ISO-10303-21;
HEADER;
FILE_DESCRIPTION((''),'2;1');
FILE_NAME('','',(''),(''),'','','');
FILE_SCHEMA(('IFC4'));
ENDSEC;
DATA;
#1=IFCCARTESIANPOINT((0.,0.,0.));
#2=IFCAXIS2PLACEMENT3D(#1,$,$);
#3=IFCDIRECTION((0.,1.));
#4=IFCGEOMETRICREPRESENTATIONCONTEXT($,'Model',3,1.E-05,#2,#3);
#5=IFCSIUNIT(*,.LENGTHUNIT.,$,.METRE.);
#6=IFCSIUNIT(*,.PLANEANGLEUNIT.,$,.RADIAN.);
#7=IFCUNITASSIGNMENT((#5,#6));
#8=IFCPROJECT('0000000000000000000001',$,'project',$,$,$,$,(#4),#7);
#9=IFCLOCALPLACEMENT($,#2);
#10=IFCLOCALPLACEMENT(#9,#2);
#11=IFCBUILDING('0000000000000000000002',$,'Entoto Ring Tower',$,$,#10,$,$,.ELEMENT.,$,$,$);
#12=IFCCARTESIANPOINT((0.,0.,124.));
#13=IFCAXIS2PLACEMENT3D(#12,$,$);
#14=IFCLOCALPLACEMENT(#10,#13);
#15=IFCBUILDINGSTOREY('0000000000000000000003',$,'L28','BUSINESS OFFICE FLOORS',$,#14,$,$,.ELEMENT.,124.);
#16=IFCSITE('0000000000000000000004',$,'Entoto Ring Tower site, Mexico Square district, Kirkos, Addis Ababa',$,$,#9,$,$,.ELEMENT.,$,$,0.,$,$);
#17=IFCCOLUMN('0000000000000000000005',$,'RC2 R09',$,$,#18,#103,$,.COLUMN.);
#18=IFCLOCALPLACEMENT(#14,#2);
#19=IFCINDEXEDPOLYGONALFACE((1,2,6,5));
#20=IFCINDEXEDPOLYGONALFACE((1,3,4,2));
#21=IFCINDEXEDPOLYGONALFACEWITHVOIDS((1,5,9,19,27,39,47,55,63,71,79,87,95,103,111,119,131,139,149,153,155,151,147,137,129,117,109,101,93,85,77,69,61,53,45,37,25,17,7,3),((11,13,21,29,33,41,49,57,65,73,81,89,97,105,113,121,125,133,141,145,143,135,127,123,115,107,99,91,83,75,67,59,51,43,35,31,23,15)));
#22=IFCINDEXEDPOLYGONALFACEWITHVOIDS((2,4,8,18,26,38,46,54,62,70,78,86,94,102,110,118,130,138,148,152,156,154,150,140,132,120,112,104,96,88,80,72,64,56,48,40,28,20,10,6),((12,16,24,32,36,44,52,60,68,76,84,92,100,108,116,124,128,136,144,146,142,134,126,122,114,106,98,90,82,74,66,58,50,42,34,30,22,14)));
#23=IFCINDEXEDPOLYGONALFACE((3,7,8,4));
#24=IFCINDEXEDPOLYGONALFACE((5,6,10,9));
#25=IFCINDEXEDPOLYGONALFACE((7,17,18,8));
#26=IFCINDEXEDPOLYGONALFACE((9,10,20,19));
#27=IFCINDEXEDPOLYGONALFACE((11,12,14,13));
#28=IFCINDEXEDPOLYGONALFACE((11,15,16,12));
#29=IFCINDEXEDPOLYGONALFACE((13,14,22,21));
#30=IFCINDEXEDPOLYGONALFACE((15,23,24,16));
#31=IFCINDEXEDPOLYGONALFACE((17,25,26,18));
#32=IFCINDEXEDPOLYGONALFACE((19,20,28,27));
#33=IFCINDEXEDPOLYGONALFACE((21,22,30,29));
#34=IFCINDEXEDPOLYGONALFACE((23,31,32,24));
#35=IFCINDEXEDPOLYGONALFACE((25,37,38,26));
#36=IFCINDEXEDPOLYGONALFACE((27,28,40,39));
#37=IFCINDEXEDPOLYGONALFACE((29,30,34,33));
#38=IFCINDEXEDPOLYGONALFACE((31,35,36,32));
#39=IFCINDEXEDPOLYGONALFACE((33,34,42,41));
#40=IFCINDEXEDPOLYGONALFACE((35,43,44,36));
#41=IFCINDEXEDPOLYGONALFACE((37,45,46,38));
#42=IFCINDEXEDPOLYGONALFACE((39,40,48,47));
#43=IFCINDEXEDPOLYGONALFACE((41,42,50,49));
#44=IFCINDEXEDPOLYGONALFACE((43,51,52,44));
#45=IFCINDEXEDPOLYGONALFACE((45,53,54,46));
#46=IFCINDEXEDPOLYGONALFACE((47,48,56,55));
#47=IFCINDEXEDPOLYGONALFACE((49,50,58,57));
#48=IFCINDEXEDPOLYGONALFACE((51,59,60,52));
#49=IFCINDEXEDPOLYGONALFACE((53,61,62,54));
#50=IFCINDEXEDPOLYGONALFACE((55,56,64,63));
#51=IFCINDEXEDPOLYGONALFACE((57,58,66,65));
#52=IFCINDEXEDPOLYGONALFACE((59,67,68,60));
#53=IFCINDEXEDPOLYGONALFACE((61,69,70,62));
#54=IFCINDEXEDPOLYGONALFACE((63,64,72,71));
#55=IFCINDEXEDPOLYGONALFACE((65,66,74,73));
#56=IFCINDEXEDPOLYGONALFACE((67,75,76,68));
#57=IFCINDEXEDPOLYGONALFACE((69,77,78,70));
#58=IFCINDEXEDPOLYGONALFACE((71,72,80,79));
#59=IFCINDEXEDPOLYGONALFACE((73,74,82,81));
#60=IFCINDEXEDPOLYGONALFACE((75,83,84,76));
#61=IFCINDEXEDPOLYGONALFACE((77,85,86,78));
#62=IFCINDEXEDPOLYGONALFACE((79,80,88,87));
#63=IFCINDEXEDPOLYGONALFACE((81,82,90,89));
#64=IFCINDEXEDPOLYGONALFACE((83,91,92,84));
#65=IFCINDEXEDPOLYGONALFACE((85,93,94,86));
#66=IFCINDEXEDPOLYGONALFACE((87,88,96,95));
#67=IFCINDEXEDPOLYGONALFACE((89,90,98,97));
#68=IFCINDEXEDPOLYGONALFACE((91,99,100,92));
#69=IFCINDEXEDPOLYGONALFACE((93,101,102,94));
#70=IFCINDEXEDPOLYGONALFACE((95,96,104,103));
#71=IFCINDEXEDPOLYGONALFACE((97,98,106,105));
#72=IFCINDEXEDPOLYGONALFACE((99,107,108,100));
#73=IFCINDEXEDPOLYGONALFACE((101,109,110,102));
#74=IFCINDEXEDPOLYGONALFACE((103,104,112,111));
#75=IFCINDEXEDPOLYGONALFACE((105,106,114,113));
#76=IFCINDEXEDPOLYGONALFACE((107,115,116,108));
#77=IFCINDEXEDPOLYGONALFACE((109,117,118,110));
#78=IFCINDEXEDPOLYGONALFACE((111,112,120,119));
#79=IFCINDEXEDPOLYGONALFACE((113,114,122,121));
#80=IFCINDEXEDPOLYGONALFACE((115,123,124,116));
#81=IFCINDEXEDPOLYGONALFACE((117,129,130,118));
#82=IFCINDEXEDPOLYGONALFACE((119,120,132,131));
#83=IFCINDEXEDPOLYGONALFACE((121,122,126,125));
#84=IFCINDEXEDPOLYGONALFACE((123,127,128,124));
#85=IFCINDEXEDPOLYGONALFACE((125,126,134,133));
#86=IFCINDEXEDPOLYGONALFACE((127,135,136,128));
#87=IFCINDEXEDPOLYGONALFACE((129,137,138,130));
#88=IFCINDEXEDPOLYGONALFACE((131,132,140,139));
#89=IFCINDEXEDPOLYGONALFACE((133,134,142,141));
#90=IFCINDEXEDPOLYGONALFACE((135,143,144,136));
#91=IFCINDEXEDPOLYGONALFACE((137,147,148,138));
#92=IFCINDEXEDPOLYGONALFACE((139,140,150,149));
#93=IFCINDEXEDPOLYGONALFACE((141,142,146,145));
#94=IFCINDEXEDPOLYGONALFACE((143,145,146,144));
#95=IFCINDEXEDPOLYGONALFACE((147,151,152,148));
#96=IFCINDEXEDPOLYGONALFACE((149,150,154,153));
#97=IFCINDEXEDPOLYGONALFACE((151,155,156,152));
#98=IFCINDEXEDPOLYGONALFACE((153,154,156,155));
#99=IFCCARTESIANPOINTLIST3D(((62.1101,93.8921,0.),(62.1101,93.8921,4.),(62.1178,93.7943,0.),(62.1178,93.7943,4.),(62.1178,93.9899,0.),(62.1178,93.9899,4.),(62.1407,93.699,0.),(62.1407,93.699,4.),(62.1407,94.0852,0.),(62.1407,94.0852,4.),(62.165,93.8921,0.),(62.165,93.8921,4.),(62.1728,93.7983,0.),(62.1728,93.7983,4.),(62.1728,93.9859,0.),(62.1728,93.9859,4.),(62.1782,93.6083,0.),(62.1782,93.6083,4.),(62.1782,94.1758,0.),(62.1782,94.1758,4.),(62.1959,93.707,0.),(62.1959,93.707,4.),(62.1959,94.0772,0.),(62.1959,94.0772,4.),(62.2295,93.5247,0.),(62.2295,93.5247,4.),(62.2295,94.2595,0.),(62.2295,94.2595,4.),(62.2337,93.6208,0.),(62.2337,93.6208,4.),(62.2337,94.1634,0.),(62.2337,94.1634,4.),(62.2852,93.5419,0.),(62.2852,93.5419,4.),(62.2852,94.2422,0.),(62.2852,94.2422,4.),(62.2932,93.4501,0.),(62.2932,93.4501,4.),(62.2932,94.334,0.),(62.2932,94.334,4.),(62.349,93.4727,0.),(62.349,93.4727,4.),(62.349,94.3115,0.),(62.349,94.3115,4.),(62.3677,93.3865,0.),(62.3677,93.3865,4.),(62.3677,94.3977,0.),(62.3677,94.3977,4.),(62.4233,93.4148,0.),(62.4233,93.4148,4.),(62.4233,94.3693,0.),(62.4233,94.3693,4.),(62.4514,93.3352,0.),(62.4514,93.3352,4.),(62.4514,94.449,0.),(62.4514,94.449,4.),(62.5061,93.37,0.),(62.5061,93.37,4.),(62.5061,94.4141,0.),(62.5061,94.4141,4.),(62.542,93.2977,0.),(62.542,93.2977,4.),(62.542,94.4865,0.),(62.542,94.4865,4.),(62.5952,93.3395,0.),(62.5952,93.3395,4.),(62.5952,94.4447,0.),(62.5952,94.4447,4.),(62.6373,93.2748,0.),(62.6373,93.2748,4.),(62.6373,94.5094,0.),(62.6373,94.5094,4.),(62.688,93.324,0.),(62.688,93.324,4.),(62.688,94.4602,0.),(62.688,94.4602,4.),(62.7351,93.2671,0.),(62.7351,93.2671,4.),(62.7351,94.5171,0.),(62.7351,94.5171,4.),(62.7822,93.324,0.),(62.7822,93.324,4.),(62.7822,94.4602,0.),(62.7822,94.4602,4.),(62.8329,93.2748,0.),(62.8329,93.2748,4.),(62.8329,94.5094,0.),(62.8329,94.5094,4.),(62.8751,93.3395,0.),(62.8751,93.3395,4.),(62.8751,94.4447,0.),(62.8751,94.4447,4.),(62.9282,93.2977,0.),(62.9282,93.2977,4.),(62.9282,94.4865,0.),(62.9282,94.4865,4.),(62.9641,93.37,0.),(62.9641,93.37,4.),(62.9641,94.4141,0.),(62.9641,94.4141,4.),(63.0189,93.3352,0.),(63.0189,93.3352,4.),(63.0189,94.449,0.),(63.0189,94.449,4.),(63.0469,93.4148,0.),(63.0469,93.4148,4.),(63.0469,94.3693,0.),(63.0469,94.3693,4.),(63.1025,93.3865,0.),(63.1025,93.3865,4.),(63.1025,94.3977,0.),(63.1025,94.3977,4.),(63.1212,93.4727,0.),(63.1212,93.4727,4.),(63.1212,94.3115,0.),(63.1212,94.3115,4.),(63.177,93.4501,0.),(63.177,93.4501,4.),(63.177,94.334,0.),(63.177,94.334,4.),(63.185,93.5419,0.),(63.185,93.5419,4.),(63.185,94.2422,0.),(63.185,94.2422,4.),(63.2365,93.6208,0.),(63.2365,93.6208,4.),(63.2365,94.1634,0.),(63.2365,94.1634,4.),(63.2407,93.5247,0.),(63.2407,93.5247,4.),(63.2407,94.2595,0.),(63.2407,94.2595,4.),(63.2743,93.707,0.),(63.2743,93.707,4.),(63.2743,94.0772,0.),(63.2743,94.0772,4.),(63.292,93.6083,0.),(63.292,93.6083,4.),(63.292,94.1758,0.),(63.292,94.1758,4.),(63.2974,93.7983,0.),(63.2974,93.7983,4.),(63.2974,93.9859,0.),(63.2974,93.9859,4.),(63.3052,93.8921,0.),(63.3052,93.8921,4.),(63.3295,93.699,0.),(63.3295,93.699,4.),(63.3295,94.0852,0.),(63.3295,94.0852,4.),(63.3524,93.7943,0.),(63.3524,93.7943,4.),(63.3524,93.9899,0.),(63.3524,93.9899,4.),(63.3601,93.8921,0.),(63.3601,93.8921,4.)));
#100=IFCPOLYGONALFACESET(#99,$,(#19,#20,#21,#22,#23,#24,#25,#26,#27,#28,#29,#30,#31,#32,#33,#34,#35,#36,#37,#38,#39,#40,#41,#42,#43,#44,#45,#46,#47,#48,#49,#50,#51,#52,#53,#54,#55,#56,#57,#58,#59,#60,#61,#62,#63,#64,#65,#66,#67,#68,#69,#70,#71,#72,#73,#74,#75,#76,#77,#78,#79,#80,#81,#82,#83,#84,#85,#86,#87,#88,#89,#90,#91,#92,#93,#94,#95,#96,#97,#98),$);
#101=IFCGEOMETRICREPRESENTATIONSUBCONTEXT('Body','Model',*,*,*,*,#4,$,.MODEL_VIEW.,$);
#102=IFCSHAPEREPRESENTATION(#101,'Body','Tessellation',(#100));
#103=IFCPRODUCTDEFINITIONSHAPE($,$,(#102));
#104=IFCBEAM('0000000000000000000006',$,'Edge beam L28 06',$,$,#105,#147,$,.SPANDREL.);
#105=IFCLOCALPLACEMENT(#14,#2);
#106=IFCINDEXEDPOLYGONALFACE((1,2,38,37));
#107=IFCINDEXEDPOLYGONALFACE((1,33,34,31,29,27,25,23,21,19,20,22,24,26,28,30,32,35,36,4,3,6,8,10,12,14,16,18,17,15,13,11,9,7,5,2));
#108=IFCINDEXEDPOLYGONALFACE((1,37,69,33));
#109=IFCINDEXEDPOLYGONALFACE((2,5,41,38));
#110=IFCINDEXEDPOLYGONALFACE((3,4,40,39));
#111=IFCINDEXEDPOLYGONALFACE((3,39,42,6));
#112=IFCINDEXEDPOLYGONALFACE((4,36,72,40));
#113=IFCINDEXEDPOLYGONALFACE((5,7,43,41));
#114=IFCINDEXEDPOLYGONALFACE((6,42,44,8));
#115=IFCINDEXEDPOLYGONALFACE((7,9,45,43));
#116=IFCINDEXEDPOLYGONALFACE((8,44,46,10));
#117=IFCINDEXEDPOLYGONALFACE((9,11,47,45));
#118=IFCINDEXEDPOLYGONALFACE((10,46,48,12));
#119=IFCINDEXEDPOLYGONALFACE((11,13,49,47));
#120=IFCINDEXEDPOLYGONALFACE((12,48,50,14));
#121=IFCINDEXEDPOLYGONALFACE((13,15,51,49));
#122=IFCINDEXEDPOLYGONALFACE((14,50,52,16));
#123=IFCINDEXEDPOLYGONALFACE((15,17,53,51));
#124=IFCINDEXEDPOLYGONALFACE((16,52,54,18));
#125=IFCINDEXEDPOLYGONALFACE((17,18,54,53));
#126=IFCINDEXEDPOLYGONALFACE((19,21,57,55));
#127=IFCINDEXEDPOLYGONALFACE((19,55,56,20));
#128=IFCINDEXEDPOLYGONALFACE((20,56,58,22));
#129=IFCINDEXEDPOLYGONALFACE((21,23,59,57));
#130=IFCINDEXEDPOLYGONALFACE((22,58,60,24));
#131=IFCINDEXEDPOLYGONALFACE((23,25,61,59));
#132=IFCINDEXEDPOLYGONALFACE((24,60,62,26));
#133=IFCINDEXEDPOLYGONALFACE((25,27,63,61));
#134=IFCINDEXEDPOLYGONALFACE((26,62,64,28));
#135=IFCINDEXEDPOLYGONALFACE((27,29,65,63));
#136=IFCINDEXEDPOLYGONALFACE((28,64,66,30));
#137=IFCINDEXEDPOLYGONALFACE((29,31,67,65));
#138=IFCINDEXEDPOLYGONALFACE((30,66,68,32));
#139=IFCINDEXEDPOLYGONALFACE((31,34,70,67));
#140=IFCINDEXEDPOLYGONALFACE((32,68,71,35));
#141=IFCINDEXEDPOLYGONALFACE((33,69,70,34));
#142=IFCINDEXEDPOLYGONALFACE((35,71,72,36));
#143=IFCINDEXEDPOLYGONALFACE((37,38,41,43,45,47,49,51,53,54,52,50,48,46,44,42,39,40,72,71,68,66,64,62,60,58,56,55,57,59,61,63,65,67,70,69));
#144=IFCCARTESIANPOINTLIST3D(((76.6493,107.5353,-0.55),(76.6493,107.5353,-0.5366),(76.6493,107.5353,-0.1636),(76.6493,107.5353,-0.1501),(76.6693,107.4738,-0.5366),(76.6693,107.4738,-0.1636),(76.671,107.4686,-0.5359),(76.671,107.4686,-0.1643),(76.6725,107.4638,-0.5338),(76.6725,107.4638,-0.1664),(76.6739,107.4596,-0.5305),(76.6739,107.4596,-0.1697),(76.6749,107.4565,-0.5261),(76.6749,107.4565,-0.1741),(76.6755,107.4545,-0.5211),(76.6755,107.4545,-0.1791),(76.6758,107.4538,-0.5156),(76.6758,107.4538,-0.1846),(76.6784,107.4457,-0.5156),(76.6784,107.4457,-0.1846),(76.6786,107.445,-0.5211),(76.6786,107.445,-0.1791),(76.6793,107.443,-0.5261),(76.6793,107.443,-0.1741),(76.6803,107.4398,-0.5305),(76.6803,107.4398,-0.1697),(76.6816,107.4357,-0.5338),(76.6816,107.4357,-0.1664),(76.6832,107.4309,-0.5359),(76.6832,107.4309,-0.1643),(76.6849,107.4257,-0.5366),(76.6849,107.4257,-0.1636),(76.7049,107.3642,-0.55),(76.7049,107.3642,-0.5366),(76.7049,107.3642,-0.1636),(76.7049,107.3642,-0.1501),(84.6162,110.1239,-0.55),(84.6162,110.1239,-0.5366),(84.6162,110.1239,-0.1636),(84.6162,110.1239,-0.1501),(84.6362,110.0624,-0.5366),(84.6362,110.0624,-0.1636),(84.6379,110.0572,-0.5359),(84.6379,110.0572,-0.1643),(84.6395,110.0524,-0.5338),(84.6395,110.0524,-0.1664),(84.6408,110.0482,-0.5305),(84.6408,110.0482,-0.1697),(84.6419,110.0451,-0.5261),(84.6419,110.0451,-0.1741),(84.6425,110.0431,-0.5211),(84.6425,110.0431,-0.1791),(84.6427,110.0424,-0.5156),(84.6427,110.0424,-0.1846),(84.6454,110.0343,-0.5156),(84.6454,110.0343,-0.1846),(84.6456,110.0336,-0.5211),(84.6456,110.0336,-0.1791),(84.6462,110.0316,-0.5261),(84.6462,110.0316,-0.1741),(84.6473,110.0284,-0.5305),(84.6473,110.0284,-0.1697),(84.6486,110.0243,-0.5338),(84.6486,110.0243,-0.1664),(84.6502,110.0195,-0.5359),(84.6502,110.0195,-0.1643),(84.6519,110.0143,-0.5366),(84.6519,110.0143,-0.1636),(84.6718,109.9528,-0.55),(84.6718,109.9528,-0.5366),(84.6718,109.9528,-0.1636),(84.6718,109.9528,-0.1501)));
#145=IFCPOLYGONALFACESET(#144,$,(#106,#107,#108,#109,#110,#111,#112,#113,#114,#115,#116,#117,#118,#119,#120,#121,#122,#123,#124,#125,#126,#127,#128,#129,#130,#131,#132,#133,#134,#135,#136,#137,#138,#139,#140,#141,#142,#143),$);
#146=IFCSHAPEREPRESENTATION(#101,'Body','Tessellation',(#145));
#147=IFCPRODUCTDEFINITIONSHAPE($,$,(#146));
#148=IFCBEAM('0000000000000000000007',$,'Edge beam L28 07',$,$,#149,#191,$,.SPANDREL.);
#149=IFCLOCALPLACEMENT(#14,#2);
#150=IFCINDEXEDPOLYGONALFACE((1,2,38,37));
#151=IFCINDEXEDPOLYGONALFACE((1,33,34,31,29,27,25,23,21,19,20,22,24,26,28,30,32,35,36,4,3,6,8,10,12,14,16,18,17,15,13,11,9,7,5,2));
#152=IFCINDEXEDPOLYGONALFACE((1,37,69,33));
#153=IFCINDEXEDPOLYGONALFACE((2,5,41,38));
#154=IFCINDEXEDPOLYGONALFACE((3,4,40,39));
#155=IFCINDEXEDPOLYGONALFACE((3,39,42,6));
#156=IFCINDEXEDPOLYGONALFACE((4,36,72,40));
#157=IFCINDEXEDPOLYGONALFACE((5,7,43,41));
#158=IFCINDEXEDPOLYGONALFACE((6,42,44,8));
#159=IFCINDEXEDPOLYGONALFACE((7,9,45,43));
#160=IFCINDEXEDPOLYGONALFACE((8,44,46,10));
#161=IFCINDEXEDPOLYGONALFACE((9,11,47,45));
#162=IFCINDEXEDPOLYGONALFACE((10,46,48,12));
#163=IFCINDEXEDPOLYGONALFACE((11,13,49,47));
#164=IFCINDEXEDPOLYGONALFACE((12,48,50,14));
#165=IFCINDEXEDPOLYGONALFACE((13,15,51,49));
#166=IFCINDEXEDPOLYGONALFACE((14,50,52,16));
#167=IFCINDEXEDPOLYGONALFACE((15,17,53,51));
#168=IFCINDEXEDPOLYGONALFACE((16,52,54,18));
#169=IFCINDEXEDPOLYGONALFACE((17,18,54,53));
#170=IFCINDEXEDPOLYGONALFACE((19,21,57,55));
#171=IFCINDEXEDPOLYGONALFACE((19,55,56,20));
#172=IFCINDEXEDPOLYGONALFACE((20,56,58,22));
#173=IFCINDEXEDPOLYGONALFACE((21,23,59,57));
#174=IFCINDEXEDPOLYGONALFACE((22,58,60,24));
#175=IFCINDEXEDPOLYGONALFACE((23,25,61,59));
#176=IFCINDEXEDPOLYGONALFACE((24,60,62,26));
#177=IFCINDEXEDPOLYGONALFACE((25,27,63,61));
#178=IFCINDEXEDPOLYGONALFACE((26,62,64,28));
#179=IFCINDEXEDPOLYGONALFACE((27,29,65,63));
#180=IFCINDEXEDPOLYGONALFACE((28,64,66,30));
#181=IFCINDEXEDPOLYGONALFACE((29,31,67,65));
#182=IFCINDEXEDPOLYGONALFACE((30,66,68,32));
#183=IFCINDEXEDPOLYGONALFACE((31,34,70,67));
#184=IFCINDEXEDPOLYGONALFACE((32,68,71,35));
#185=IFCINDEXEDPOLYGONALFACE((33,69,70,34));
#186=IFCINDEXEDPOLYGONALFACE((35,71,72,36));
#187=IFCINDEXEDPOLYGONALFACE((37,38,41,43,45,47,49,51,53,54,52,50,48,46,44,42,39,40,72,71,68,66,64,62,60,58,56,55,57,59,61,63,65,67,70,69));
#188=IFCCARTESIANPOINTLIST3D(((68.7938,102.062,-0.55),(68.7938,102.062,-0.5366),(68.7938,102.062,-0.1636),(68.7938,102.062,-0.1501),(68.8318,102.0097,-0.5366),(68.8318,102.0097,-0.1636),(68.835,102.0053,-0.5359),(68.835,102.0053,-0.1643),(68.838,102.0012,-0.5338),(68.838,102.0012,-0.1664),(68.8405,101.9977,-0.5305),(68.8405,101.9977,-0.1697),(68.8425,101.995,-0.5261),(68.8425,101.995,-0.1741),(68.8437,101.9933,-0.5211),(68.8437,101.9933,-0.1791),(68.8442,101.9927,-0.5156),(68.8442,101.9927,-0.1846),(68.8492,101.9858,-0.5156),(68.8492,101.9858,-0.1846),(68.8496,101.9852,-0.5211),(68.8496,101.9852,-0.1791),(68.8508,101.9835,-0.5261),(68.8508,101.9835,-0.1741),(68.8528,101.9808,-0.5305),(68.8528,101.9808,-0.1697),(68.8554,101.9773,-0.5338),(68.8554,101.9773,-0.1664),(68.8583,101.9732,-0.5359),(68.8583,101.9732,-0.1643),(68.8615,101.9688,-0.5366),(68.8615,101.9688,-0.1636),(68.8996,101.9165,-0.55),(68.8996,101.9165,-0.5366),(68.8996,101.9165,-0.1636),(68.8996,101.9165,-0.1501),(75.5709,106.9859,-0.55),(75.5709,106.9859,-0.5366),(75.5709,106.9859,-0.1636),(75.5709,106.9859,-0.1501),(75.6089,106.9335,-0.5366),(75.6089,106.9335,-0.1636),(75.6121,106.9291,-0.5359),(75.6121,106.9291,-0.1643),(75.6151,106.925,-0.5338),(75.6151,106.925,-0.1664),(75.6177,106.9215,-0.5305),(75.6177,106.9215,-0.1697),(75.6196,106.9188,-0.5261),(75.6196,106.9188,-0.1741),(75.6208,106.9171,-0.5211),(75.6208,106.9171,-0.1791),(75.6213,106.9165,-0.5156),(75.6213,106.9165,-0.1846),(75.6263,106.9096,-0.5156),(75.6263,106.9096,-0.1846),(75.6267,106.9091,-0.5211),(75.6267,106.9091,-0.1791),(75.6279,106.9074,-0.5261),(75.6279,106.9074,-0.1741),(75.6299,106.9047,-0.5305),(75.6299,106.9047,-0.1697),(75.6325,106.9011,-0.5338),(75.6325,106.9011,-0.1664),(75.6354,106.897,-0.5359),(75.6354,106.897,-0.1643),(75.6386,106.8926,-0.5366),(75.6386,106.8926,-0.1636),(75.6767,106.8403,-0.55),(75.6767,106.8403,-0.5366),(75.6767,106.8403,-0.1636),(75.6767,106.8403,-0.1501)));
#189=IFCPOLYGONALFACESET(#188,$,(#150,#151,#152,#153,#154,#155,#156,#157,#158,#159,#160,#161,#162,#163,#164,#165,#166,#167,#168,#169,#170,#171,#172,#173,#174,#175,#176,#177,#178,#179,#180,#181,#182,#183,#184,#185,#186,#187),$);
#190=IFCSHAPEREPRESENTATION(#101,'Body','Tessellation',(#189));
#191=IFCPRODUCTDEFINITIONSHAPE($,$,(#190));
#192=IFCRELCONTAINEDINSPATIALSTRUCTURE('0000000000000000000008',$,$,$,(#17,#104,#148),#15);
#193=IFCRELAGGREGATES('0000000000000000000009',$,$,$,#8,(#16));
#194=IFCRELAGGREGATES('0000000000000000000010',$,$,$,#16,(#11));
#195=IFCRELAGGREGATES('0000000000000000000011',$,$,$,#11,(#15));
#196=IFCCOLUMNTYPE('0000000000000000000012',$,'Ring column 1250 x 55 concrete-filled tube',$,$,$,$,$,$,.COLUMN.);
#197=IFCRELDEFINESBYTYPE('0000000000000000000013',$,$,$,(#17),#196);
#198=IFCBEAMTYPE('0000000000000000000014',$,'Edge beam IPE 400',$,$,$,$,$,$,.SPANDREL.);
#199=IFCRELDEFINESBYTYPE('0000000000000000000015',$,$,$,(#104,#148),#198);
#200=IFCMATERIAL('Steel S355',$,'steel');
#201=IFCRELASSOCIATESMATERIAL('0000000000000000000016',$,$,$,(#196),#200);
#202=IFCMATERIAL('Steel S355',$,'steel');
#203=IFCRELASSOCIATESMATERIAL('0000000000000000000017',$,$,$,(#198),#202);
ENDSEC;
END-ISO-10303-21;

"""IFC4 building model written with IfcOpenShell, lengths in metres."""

from ifc_helpers import new_model, si_unit, direction, frame, origin, origin_2d, place, context, subcontext, project, spatial, circle, hollow_circle, i_section, extrude, material, material_profile, profile_set, type_object, element, save


model = new_model("IFC4")

# Units and contexts
model_context = context("Model", 3, precision=1e-05, world=origin(), true_north=direction((0.0, 1.0)))
body_context = subcontext(model_context, "Body", "Model", "MODEL_VIEW")
ifc_project = project(units=[si_unit("LENGTHUNIT", "METRE"), si_unit("PLANEANGLEUNIT", "RADIAN")], contexts=[model_context])

# Site, building, storey
site_placement = place(None, origin())
site = spatial("IfcSite", under=ifc_project, at=site_placement, Name="Entoto Ring Tower site, Mexico Square district, Kirkos, Addis Ababa", CompositionType="ELEMENT", RefElevation=0.0)
building_placement = place(site_placement, origin())
building = spatial("IfcBuilding", under=site, at=building_placement, Name="Entoto Ring Tower", CompositionType="ELEMENT")
storey_placement = place(building_placement, frame((0.0, 0.0, 124.0)))
storey = spatial("IfcBuildingStorey", under=building, at=storey_placement, Name="L28", Description="BUSINESS OFFICE FLOORS", CompositionType="ELEMENT", Elevation=124.0)

# Column
ifc_material_1 = material(Name="Steel S355", Category="steel")
ifc_material_profile_1 = material_profile(ifc_material_1, hollow_circle(Radius=0.625, WallThickness=0.0549, at=origin_2d()), Name="CHS 1250 x 55")
ifc_material_2 = material(Name="Concrete C60/75", Category="concrete")
ifc_material_profile_2 = material_profile(ifc_material_2, circle(Radius=0.5701, at=origin_2d()), Name="Concrete C60/75 infill")
ifc_profile_set_1 = profile_set([ifc_material_profile_1, ifc_material_profile_2], Name="Steel S355")
column_type = type_object("IfcColumnType", Name="Ring column 1250 x 55 concrete-filled tube", PredefinedType="COLUMN", material=ifc_profile_set_1)
for number, where, z_axis, x_axis, name in (
    (1, (62.7351, 93.8921, 0.0), (0.0, 0.0, 1.0), (1.0, 0.0, 0.0), "RC2 R09"),
):
    element("IfcColumn", number, at=place(storey_placement, frame(where, z_axis=z_axis, x_axis=x_axis)), inside=storey, type_object=column_type, Name=name, PredefinedType="COLUMN", context=body_context, shape_type="SweptSolid", body=[
        extrude(hollow_circle(Radius=0.625, WallThickness=0.0549, at=origin_2d()), origin(), (0.0, 0.0, 1.0), 4.0),
    ])

# Beams
ifc_material_3 = material(Name="Steel S355", Category="steel")
ifc_material_profile_3 = material_profile(ifc_material_3, i_section(OverallWidth=0.1799, OverallDepth=0.3999, WebThickness=0.0085, FlangeThickness=0.0134, FilletRadius=0.021, at=origin_2d()), Name="IPE 400")
ifc_profile_set_2 = profile_set([ifc_material_profile_3], Name="Steel S355")
beam_type_1 = type_object("IfcBeamType", Name="Edge beam IPE 400", PredefinedType="SPANDREL", material=ifc_profile_set_2)
for number, where, z_axis, x_axis, name in (
    (2, (84.644, 110.0383, -0.3501), (-0.951057, -0.309014, 0.0), (0.309014, -0.951057, 0.0), "Edge beam L28 06"),
    (3, (75.6238, 106.9131, -0.3501), (-0.809018, -0.587783, 0.0), (0.587783, -0.809018, 0.0), "Edge beam L28 07"),
):
    element("IfcBeam", number, at=place(storey_placement, frame(where, z_axis=z_axis, x_axis=x_axis)), inside=storey, type_object=beam_type_1, Name=name, PredefinedType="SPANDREL", context=body_context, shape_type="SweptSolid", body=[
        extrude(i_section(OverallWidth=0.1799, OverallDepth=0.3999, WebThickness=0.0085, FlangeThickness=0.0134, FilletRadius=0.021, at=origin_2d()), origin(), (0.0, 0.0, 1.0), 8.377),
    ])

save(model, "model.ifc")
